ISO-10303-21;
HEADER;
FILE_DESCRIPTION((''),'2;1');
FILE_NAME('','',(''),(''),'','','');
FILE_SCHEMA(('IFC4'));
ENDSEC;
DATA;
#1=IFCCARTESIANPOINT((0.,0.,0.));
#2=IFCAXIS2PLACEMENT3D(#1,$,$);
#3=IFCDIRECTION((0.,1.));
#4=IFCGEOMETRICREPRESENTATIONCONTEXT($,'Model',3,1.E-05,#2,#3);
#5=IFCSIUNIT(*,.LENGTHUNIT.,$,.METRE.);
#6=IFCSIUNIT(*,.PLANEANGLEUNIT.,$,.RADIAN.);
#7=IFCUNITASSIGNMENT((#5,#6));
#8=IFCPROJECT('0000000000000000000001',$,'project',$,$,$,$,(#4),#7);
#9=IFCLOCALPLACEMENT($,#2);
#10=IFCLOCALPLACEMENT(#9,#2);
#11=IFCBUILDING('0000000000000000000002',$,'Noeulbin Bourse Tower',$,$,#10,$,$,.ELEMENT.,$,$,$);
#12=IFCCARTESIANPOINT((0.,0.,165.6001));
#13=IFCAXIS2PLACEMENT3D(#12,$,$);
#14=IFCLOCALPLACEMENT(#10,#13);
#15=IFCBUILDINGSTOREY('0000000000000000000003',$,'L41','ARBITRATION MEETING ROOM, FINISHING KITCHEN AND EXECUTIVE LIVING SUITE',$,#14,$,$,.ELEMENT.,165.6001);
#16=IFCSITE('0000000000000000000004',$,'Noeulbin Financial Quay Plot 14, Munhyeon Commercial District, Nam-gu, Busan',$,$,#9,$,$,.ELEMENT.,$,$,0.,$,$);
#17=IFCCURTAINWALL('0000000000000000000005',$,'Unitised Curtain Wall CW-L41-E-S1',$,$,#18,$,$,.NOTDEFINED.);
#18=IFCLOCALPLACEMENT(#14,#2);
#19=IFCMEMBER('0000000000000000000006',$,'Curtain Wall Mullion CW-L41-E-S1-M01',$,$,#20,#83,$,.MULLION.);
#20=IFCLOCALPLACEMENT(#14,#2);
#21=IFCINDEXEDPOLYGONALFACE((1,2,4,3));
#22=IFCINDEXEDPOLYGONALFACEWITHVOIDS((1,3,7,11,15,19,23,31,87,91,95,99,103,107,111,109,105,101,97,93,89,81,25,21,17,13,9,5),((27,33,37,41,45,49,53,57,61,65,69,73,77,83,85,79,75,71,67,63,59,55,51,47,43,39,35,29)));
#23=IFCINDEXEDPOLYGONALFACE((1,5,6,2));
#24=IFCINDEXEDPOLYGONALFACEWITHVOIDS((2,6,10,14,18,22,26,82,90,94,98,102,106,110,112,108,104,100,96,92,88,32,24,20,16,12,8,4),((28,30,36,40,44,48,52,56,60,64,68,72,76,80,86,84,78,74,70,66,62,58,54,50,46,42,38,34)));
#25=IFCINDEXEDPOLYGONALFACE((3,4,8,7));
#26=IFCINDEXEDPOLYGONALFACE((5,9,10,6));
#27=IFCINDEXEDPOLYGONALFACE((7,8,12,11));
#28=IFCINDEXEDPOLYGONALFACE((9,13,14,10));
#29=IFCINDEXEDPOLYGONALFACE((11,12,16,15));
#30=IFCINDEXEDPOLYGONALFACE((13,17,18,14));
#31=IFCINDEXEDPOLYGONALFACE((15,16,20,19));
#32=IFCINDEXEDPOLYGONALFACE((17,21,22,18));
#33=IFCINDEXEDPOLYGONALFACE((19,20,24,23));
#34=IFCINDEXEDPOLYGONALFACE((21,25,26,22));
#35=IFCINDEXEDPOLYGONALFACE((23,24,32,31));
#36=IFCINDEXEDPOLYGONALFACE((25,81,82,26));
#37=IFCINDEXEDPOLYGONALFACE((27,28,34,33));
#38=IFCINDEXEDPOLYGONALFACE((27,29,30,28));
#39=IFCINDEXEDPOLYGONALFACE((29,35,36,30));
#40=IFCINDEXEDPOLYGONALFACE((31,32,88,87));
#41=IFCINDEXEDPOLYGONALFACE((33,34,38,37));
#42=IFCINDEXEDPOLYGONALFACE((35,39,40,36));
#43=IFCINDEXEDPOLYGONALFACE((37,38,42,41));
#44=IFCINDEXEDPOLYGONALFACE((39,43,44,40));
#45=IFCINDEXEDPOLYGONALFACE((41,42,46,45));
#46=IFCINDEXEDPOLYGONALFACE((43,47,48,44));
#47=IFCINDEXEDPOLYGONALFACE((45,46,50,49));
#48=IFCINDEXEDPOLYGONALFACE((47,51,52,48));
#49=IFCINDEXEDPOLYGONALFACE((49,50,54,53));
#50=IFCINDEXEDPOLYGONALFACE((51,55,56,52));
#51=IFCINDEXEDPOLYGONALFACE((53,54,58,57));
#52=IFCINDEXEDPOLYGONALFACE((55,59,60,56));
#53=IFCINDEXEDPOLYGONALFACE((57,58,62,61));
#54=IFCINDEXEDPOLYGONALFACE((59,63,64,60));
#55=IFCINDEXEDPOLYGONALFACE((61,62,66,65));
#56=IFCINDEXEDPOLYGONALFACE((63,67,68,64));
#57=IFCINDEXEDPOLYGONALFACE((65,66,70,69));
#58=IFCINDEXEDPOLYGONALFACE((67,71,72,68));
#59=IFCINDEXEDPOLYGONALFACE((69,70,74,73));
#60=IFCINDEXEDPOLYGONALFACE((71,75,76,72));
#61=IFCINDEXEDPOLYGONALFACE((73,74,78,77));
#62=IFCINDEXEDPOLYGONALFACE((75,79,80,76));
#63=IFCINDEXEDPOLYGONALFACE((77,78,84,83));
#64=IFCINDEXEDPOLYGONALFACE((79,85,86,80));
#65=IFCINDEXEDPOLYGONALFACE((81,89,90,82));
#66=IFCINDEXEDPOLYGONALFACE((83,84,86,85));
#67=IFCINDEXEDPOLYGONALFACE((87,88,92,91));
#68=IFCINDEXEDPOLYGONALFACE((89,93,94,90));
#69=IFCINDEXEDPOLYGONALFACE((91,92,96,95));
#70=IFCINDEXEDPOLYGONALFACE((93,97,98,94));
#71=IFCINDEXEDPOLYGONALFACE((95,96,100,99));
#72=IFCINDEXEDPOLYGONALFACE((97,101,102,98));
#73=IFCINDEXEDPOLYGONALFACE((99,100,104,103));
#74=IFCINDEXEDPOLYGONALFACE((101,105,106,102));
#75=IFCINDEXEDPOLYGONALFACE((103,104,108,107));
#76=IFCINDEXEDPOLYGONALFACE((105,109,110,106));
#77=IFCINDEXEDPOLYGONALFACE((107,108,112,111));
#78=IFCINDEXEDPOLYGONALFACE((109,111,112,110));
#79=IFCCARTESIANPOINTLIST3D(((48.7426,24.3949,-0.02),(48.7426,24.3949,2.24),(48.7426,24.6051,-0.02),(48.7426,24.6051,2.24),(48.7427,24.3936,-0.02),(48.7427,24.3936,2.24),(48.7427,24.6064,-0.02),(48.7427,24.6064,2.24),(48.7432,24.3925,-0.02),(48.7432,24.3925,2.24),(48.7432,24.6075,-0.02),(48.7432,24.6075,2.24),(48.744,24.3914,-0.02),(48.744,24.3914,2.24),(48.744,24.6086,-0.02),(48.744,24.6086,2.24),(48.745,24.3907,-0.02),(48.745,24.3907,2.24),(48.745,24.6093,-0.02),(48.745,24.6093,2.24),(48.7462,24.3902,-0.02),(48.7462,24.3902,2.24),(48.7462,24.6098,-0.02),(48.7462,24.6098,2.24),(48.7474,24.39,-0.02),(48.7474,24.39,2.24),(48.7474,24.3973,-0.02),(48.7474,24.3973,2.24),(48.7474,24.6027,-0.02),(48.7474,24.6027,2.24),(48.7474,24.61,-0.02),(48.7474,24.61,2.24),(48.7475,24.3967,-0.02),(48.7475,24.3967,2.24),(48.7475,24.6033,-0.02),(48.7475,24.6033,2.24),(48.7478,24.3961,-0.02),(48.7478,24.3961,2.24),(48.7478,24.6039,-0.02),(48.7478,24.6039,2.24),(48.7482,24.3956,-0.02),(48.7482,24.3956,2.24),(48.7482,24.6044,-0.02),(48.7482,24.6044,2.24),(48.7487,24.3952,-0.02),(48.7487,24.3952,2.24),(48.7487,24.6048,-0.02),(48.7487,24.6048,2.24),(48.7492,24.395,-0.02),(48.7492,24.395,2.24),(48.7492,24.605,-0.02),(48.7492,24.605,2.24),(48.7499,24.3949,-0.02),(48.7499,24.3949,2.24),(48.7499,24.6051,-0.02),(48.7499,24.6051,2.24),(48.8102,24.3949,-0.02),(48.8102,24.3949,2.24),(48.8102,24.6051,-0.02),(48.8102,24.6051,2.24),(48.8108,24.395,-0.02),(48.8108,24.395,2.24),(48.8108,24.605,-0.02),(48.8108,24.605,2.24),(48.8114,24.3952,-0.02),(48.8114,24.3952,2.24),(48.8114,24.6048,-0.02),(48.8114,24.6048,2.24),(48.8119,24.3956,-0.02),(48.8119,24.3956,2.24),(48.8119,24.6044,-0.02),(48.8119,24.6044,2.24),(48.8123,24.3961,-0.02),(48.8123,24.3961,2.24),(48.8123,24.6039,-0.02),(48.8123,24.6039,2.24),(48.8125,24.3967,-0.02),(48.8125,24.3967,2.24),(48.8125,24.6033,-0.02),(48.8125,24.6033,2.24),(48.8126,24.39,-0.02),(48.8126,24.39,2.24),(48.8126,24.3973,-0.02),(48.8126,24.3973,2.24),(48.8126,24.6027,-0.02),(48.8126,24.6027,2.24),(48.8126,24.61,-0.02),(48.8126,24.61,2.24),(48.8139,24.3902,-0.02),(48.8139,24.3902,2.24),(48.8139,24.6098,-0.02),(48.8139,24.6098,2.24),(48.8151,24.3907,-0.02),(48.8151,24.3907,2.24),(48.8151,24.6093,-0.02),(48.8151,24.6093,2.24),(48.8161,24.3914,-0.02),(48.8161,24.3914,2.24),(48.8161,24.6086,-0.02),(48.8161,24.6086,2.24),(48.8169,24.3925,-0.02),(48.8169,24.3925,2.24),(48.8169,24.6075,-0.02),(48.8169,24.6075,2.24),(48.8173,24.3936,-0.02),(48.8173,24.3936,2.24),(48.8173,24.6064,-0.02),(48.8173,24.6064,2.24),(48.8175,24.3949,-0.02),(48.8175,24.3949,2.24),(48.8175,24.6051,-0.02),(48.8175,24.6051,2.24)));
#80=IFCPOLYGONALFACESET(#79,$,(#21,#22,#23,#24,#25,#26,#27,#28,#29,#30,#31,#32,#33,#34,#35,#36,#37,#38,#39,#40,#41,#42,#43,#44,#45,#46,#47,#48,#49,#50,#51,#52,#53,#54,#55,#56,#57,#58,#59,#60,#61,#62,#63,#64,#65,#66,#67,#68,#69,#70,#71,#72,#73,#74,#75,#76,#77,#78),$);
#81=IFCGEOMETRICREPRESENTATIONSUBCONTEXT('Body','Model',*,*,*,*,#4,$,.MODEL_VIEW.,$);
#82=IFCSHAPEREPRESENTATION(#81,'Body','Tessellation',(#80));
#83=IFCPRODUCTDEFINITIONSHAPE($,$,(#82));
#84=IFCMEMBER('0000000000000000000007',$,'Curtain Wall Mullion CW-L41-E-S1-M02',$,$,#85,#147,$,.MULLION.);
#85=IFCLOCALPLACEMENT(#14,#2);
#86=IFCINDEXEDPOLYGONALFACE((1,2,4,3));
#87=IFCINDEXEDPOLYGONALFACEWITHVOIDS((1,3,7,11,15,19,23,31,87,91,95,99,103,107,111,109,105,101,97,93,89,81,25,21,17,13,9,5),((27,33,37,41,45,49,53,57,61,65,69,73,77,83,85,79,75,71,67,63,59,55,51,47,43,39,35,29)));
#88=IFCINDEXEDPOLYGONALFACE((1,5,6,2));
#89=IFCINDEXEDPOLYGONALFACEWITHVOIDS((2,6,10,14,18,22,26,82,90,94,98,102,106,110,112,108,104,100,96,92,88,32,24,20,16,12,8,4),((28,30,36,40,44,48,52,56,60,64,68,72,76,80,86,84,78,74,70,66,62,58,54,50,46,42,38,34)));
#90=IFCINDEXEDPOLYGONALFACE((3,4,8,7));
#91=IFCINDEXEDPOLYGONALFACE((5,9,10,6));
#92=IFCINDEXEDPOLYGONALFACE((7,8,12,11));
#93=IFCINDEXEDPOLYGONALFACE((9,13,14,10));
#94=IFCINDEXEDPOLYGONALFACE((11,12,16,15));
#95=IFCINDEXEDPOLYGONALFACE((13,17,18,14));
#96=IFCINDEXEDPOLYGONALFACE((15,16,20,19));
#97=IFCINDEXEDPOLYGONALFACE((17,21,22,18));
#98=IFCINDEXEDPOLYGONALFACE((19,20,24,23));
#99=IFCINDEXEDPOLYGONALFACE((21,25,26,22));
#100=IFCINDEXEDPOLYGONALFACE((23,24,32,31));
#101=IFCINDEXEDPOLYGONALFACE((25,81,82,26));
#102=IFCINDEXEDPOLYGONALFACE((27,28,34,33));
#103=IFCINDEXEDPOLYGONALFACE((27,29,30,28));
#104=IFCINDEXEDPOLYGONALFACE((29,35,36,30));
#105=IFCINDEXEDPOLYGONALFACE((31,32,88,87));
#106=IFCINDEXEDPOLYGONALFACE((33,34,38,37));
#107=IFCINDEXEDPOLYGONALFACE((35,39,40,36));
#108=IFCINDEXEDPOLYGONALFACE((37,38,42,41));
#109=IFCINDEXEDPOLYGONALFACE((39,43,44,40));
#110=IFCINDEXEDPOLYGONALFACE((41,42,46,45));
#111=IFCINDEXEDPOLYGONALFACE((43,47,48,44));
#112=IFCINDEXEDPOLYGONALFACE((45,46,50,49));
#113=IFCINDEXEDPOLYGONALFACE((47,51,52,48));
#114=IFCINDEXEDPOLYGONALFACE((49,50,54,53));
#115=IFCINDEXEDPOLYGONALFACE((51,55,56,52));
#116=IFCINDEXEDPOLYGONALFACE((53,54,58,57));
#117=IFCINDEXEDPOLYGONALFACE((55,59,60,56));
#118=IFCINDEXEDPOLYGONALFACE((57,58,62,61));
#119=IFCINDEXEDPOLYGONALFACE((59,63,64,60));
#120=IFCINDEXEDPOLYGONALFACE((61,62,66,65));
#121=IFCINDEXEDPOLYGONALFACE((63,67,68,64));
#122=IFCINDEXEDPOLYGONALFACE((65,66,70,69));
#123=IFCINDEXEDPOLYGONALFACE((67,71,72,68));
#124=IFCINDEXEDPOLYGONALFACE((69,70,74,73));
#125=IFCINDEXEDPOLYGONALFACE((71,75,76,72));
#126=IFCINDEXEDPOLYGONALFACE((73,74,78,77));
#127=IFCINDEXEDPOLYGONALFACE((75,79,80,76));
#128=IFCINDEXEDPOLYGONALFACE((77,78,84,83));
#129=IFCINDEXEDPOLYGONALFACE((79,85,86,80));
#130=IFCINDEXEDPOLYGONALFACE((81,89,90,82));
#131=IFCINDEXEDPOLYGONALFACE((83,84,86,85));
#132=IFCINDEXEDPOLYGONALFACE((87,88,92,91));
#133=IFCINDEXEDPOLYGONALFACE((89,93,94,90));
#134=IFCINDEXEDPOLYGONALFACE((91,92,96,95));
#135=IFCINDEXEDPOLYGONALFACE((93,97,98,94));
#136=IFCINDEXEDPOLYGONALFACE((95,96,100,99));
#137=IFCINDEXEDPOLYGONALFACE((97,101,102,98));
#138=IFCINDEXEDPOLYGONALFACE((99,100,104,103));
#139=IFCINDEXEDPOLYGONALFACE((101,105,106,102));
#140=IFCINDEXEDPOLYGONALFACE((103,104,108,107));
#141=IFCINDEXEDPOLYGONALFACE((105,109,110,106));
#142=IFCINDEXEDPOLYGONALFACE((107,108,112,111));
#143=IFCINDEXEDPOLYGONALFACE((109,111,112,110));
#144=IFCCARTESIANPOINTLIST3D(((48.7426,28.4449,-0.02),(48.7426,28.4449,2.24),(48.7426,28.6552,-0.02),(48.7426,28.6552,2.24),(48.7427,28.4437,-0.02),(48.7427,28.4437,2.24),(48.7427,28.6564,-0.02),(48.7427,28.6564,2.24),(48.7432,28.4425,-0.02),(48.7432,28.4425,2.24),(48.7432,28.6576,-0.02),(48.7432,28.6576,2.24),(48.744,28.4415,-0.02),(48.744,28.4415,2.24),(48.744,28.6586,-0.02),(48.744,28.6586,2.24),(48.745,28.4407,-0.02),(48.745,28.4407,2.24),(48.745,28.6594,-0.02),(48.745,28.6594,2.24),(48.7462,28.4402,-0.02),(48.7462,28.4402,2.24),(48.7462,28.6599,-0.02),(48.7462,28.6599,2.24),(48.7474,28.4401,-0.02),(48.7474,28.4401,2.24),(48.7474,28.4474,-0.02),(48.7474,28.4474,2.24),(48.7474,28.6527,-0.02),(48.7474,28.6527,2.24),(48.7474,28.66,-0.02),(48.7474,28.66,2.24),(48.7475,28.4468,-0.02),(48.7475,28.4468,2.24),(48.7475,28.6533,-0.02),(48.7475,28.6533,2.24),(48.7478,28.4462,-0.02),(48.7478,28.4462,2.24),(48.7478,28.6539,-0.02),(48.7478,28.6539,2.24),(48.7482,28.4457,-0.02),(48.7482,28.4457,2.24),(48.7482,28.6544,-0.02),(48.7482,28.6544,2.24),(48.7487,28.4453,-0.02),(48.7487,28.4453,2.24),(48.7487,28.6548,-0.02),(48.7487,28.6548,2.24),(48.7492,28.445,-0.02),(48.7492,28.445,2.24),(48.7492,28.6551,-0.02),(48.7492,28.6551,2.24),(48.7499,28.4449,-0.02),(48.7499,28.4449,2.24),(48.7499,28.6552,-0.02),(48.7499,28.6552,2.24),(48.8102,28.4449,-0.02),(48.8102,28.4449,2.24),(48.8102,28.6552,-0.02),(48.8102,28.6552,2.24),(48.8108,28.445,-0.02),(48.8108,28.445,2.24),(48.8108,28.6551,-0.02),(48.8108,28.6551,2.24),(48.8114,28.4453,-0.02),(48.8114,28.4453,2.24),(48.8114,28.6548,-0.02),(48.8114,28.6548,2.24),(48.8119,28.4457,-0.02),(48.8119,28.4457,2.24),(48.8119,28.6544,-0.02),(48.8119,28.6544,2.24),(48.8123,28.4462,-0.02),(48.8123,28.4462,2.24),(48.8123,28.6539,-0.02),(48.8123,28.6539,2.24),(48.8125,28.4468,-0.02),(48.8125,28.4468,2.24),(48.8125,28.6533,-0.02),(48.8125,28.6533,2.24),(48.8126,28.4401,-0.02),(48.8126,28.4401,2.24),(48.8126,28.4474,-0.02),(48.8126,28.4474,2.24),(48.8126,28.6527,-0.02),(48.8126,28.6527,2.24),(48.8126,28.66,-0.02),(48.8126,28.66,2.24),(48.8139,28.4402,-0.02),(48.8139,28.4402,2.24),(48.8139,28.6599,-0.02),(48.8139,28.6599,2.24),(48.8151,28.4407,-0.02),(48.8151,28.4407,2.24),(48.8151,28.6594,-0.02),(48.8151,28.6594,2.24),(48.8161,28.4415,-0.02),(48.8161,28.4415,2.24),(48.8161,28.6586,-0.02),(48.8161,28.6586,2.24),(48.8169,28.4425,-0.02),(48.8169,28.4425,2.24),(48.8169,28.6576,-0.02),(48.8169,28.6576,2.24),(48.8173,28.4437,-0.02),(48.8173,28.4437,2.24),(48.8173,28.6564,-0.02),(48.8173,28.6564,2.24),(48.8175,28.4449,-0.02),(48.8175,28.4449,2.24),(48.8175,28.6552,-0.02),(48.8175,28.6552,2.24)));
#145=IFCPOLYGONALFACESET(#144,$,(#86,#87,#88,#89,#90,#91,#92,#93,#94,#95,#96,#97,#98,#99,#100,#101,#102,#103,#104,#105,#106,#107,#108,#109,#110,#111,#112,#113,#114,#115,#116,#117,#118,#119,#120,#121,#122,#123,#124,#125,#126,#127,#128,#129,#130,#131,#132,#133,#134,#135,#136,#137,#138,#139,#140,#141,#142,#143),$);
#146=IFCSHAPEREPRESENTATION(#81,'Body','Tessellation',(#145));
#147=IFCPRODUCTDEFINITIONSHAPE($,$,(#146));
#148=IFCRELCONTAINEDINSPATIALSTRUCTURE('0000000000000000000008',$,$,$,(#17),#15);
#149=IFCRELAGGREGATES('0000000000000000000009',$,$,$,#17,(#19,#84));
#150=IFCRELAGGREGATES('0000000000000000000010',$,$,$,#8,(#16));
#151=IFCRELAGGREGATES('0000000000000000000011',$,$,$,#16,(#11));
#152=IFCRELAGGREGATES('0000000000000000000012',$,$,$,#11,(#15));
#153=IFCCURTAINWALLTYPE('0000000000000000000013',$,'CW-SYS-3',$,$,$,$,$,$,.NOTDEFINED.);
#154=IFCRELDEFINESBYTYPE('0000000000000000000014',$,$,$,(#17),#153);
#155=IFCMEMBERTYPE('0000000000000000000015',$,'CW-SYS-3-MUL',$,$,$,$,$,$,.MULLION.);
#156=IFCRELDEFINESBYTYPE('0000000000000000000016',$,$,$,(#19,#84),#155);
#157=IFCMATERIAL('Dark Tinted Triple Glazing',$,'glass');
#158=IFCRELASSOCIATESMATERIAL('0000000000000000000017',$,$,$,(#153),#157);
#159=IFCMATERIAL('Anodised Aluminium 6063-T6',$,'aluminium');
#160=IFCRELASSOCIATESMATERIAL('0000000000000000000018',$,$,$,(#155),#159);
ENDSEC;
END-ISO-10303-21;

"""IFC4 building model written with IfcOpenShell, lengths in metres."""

from ifc_helpers import new_model, si_unit, direction, frame, origin, origin_2d, place, context, subcontext, project, spatial, hollow_rectangle, extrude, material, material_profile, profile_set, type_object, element, aggregate, save


model = new_model("IFC4")

# Units and contexts
model_context = context("Model", 3, precision=1e-05, world=origin(), true_north=direction((0.0, 1.0)))
body_context = subcontext(model_context, "Body", "Model", "MODEL_VIEW")
ifc_project = project(units=[si_unit("LENGTHUNIT", "METRE"), si_unit("PLANEANGLEUNIT", "RADIAN")], contexts=[model_context])

# Site, building, storey
site_placement = place(None, origin())
site = spatial("IfcSite", under=ifc_project, at=site_placement, Name="Noeulbin Financial Quay Plot 14, Munhyeon Commercial District, Nam-gu, Busan", CompositionType="ELEMENT", RefElevation=0.0)
building_placement = place(site_placement, origin())
building = spatial("IfcBuilding", under=site, at=building_placement, Name="Noeulbin Bourse Tower", CompositionType="ELEMENT")
storey_placement = place(building_placement, frame((0.0, 0.0, 165.6001)))
storey = spatial("IfcBuildingStorey", under=building, at=storey_placement, Name="L41", Description="ARBITRATION MEETING ROOM, FINISHING KITCHEN AND EXECUTIVE LIVING SUITE", CompositionType="ELEMENT", Elevation=165.6001)

# Curtain wall, members
ifc_material_1 = material(Name="Dark Tinted Triple Glazing", Category="glass")
curtain_wall_type = type_object("IfcCurtainWallType", Name="CW-SYS-3", PredefinedType="NOTDEFINED", material=ifc_material_1)
curtain_wall_placement = place(storey_placement, origin())
curtain_wall = element("IfcCurtainWall", 1, at=curtain_wall_placement, inside=storey, type_object=curtain_wall_type, Name="Unitised Curtain Wall CW-L41-E-S1", PredefinedType="NOTDEFINED")
ifc_material_2 = material(Name="Anodised Aluminium 6063-T6", Category="aluminium")
ifc_material_profile_1 = material_profile(ifc_material_2, hollow_rectangle(XDim=0.075, YDim=0.22, WallThickness=0.0049, InnerFilletRadius=0.0024, OuterFilletRadius=0.0049, at=origin_2d()), Name="ALU-MULL-75x220x5", Category="LoadBearing")
ifc_profile_set_1 = profile_set([ifc_material_profile_1], Name="Anodised Aluminium 6063-T6")
member_type_1 = type_object("IfcMemberType", Name="CW-SYS-3-MUL", PredefinedType="MULLION", material=ifc_profile_set_1)
member_1_placement = place(storey_placement, frame((48.78, 24.5, -0.02), z_axis=(0.0, 0.0, 1.0), x_axis=(1.0, 0.0, 0.0)))
member_1 = element("IfcMember", 2, at=member_1_placement, type_object=member_type_1, Name="Curtain Wall Mullion CW-L41-E-S1-M01", PredefinedType="MULLION", context=body_context, shape_type="SweptSolid", body=[
    extrude(hollow_rectangle(XDim=0.075, YDim=0.22, WallThickness=0.0049, InnerFilletRadius=0.0024, OuterFilletRadius=0.0049, at=origin_2d()), origin(), (0.0, 0.0, 1.0), 2.26),
])
member_2_placement = place(storey_placement, frame((48.78, 28.55, -0.02), z_axis=(0.0, 0.0, 1.0), x_axis=(1.0, 0.0, 0.0)))
member_2 = element("IfcMember", 3, at=member_2_placement, type_object=member_type_1, Name="Curtain Wall Mullion CW-L41-E-S1-M02", PredefinedType="MULLION", context=body_context, shape_type="SweptSolid", body=[
    extrude(hollow_rectangle(XDim=0.075, YDim=0.22, WallThickness=0.0049, InnerFilletRadius=0.0024, OuterFilletRadius=0.0049, at=origin_2d()), origin(), (0.0, 0.0, 1.0), 2.26),
])
aggregate(curtain_wall, [member_1, member_2])

save(model, "model.ifc")
